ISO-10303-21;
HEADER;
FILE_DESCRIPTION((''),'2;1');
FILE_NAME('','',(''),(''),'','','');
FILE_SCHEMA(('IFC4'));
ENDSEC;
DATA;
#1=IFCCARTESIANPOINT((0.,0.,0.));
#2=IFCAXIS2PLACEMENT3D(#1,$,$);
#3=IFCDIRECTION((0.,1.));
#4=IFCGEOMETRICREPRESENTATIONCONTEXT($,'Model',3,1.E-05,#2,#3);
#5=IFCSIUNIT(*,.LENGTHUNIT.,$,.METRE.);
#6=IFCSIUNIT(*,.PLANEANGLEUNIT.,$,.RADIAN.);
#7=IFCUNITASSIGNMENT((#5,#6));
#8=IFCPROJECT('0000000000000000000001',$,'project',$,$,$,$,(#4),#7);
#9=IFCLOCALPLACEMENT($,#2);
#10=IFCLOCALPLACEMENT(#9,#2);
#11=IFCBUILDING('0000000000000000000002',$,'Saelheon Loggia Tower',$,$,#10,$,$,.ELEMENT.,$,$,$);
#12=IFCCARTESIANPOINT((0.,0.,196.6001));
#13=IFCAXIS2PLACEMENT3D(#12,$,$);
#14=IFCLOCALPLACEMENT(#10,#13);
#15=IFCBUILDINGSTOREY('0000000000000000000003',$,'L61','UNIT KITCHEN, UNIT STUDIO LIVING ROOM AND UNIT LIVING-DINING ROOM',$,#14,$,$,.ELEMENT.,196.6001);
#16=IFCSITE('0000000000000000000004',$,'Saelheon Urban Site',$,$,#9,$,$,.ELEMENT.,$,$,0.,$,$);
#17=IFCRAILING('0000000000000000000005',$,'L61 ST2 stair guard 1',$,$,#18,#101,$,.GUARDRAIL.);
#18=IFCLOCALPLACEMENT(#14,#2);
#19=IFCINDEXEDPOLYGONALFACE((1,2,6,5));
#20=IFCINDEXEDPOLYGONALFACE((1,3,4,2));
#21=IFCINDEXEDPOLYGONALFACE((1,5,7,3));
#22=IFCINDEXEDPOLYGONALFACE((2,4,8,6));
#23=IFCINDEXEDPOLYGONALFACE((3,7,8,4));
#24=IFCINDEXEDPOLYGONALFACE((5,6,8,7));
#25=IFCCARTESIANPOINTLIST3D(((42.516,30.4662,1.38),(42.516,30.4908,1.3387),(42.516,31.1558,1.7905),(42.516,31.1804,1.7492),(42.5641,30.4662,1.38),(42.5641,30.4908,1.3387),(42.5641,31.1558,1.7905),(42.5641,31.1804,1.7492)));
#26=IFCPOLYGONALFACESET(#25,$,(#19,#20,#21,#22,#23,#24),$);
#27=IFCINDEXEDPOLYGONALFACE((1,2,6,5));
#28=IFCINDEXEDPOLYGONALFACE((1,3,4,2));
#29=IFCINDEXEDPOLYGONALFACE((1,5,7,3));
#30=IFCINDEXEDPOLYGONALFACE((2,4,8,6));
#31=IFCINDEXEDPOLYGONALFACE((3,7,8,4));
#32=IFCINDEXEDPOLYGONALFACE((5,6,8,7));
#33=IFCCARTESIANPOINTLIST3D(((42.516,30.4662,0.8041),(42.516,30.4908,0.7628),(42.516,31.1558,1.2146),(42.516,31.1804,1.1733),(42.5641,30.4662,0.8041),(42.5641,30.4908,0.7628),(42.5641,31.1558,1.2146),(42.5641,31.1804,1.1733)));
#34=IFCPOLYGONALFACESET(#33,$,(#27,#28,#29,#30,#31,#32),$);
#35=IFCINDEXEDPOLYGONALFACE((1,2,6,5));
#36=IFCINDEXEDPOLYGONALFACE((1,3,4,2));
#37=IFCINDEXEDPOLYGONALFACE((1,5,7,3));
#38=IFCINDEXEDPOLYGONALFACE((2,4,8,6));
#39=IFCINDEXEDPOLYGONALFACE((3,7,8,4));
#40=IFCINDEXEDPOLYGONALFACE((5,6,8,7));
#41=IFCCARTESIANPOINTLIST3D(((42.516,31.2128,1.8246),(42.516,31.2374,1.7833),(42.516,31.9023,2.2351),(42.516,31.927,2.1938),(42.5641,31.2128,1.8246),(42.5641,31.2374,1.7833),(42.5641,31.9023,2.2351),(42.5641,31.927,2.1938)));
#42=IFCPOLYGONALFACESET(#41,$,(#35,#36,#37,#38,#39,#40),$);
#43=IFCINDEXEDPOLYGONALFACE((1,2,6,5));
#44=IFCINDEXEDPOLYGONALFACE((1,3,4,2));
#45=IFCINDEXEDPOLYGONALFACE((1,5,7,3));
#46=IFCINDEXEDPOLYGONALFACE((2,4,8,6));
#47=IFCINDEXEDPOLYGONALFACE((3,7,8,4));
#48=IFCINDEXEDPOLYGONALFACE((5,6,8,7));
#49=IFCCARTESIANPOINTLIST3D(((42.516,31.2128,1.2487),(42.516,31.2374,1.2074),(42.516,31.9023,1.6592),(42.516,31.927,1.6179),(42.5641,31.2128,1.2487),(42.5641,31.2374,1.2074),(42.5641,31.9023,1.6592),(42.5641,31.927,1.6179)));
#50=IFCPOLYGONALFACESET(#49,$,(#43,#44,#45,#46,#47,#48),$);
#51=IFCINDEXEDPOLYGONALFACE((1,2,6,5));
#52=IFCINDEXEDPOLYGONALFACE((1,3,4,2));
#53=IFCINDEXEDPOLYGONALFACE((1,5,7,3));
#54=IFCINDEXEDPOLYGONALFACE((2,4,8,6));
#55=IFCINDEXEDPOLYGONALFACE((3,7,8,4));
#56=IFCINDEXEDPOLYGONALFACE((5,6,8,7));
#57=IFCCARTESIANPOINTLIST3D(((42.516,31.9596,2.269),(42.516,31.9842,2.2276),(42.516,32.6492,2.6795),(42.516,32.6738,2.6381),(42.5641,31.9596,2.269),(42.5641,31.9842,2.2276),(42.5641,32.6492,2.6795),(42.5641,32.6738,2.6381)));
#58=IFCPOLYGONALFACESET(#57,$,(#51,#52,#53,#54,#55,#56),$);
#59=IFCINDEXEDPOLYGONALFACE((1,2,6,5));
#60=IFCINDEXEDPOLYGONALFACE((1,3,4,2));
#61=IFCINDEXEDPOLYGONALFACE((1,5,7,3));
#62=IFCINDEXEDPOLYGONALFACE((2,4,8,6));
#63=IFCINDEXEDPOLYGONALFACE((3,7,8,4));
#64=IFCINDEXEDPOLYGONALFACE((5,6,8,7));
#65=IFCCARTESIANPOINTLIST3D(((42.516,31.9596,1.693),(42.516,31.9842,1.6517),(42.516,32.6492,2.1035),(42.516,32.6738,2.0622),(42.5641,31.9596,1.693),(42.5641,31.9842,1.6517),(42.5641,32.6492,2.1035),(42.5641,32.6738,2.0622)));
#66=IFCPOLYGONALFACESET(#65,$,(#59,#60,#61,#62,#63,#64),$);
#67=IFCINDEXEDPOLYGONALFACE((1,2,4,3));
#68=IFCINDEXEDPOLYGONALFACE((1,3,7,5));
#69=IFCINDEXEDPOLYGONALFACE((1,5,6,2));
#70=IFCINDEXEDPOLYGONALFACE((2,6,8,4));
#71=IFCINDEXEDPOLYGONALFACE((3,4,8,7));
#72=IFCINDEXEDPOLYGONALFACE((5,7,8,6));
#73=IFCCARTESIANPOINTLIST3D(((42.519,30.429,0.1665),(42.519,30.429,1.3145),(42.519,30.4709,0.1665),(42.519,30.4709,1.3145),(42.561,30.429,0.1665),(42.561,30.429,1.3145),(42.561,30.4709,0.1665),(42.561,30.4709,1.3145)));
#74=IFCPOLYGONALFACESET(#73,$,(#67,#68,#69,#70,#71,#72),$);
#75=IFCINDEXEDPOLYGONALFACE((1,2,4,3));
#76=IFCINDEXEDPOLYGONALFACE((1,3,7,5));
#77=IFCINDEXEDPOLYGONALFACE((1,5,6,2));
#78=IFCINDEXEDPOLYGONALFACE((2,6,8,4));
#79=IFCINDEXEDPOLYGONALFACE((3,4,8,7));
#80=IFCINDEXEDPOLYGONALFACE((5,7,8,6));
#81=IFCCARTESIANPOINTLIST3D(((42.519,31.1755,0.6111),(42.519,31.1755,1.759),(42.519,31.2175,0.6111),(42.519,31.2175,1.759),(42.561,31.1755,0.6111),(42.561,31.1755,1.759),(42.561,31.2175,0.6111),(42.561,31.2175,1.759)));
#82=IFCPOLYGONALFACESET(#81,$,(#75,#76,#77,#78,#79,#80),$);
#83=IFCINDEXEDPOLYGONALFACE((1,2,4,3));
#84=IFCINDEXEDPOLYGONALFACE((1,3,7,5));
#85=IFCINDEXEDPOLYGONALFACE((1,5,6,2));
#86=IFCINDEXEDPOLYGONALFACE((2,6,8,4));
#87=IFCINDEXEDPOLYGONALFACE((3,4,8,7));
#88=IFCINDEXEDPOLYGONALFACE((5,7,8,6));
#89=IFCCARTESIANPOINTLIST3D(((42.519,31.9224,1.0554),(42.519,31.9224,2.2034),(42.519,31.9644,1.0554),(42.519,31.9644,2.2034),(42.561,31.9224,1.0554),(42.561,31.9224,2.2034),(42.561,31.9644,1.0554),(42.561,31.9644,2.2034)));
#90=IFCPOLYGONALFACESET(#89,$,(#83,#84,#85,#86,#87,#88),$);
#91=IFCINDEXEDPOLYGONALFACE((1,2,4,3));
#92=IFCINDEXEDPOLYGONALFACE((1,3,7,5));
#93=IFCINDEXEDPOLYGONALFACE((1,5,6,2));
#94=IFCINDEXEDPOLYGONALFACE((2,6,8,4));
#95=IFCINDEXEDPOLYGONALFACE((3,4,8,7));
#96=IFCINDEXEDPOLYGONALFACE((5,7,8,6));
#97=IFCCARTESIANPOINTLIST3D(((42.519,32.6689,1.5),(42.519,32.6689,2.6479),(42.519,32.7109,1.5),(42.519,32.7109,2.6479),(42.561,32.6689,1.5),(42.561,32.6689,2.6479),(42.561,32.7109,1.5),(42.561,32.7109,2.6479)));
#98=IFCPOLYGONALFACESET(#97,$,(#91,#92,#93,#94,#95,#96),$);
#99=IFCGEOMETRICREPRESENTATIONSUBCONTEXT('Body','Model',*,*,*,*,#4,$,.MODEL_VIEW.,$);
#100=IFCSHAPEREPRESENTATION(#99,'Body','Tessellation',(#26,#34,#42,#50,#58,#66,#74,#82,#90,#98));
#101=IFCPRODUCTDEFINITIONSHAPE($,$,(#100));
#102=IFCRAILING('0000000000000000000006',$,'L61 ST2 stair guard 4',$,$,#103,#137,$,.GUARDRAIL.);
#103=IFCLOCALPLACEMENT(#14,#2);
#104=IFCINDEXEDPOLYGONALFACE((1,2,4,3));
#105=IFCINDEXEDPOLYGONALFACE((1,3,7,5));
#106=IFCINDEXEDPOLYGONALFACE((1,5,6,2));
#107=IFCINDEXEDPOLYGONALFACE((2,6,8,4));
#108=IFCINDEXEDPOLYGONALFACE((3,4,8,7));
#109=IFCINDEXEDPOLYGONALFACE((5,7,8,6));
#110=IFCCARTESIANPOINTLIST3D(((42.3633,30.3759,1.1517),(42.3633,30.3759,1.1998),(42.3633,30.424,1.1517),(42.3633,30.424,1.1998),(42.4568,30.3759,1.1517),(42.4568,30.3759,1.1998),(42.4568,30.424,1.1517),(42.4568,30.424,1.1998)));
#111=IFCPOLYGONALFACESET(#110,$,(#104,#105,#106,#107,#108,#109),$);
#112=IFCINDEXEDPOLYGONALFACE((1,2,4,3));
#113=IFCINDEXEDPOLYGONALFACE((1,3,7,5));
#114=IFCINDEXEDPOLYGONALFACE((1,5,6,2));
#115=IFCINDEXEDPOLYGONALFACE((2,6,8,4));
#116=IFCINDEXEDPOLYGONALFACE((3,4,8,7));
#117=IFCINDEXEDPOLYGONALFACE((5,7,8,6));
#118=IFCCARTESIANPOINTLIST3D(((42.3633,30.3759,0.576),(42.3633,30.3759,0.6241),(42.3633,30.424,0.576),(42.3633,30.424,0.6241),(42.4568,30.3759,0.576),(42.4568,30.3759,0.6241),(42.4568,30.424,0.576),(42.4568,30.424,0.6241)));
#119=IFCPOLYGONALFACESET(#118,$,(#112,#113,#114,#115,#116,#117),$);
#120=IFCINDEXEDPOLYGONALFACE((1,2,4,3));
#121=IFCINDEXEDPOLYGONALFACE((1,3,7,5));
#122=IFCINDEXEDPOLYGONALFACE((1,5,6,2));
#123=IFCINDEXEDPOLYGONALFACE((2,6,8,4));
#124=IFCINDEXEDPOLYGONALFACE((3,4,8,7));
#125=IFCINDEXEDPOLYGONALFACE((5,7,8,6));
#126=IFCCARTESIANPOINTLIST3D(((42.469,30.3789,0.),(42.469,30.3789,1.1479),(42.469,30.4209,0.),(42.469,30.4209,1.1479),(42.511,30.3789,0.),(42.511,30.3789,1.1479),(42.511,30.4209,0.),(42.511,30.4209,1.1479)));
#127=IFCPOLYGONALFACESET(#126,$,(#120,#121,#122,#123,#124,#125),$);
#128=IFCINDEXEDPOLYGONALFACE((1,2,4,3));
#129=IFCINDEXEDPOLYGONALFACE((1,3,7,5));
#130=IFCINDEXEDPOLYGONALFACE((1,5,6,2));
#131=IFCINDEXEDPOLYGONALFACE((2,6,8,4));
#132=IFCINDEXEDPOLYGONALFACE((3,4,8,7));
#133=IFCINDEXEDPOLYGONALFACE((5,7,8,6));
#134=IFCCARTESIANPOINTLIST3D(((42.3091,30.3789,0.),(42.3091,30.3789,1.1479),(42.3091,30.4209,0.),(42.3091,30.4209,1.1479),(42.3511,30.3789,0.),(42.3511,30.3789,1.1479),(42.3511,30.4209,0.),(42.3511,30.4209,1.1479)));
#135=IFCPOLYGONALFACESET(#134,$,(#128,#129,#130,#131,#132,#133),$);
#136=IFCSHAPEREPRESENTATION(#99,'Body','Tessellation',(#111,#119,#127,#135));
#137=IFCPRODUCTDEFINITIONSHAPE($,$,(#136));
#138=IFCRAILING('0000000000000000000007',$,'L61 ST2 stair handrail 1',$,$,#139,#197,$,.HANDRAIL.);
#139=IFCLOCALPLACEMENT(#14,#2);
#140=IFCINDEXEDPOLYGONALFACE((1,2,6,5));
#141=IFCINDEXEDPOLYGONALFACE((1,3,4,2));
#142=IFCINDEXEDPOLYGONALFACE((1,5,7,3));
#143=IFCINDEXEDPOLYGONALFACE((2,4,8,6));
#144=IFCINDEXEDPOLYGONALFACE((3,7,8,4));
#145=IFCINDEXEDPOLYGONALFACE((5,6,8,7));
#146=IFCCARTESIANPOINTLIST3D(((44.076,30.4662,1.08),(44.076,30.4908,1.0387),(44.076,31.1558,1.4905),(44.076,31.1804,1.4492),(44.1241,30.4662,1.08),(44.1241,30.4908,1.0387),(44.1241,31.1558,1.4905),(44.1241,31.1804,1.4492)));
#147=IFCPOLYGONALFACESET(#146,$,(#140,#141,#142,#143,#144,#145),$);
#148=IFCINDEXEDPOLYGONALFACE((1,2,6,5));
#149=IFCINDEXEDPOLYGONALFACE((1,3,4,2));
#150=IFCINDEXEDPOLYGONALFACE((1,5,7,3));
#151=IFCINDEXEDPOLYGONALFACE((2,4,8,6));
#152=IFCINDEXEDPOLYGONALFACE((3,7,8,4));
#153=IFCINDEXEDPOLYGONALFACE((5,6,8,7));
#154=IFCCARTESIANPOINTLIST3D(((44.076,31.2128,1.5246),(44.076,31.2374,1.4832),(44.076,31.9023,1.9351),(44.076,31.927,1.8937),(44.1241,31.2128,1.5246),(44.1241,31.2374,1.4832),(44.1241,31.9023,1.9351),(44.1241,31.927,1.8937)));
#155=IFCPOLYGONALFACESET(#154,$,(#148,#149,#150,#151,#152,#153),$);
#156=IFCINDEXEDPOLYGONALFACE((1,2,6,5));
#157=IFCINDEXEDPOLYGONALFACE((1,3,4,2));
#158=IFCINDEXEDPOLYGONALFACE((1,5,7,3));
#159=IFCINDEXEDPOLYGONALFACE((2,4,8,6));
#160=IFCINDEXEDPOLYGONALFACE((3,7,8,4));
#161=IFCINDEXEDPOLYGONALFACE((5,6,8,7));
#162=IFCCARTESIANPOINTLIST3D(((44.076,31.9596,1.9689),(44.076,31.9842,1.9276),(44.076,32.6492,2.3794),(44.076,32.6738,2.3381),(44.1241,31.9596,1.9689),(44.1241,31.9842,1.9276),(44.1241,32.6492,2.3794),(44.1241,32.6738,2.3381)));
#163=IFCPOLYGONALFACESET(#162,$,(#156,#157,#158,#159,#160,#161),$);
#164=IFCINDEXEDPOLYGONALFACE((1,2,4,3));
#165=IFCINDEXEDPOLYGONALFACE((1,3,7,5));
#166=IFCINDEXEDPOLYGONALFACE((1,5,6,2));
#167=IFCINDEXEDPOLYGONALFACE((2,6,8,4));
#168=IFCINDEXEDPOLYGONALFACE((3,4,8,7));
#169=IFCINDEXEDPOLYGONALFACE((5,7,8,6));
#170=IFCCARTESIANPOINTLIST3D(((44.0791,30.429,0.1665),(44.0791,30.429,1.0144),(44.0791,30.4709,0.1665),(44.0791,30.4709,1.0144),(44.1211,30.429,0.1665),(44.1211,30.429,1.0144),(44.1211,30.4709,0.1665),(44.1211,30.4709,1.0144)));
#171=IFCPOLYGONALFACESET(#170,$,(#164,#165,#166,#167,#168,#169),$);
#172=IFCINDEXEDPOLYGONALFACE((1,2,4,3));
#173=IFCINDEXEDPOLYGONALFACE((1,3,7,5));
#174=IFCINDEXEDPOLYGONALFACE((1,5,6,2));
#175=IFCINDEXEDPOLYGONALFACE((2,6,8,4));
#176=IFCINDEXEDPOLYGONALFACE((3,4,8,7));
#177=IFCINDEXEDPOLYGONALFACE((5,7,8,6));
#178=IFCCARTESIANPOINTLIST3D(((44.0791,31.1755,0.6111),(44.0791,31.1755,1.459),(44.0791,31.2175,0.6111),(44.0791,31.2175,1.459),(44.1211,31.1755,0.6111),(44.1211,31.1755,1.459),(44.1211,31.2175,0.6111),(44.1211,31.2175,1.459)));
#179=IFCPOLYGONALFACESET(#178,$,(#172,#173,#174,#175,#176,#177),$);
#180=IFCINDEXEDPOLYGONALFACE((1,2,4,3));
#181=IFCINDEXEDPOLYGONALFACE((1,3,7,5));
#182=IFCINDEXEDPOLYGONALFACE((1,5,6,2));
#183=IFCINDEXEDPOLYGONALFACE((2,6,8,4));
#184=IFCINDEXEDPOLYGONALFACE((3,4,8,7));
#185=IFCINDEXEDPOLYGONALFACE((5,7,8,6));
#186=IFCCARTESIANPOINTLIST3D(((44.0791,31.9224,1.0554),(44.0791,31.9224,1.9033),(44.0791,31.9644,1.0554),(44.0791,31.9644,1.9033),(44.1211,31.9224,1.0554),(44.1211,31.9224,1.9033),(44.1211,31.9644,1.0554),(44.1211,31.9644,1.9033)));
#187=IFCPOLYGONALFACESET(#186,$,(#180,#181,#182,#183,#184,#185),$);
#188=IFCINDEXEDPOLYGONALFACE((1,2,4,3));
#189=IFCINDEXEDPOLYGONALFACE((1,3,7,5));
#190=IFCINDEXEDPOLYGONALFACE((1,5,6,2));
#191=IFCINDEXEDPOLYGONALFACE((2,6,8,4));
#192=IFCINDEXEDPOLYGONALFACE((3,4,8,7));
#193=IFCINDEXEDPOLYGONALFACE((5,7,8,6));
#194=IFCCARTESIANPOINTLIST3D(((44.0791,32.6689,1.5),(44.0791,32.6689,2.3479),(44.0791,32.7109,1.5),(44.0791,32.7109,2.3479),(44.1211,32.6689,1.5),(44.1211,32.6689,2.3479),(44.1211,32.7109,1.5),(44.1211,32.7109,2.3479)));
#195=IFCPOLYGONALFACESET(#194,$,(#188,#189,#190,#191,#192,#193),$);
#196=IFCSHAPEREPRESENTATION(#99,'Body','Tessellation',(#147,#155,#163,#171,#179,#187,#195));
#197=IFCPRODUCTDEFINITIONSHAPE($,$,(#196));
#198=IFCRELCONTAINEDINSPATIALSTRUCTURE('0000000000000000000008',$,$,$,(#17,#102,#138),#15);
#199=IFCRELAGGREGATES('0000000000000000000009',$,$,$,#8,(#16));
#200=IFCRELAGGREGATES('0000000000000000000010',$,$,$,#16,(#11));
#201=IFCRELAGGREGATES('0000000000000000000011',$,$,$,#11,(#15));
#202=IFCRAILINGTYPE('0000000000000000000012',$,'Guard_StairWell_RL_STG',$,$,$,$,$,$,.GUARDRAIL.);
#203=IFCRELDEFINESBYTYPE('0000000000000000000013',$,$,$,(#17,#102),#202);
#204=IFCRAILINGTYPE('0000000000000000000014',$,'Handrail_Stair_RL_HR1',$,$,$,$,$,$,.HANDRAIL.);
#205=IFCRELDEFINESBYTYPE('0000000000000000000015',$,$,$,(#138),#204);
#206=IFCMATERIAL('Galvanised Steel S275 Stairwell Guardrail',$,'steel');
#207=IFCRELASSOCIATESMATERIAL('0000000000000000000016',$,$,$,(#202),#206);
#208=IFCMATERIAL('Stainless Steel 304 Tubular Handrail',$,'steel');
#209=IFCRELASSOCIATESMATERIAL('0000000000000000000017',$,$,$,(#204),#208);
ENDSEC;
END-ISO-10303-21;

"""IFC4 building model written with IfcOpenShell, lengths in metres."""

from ifc_helpers import new_model, si_unit, direction, frame, origin, origin_2d, place, context, subcontext, project, spatial, rectangle, extrude, material, type_object, element, save


model = new_model("IFC4")

# Units and contexts
model_context = context("Model", 3, precision=1e-05, world=origin(), true_north=direction((0.0, 1.0)))
body_context = subcontext(model_context, "Body", "Model", "MODEL_VIEW")
ifc_project = project(units=[si_unit("LENGTHUNIT", "METRE"), si_unit("PLANEANGLEUNIT", "RADIAN")], contexts=[model_context])

# Site, building, storey
site_placement = place(None, origin())
site = spatial("IfcSite", under=ifc_project, at=site_placement, Name="Saelheon Urban Site", CompositionType="ELEMENT", RefElevation=0.0)
building_placement = place(site_placement, origin())
building = spatial("IfcBuilding", under=site, at=building_placement, Name="Saelheon Loggia Tower", CompositionType="ELEMENT")
storey_placement = place(building_placement, frame((0.0, 0.0, 196.6001)))
storey = spatial("IfcBuildingStorey", under=building, at=storey_placement, Name="L61", Description="UNIT KITCHEN, UNIT STUDIO LIVING ROOM AND UNIT LIVING-DINING ROOM", CompositionType="ELEMENT", Elevation=196.6001)

# Railings
ifc_material_1 = material(Name="Galvanised Steel S275 Stairwell Guardrail", Category="steel")
railing_type_1 = type_object("IfcRailingType", Name="Guard_StairWell_RL_STG", PredefinedType="GUARDRAIL", material=ifc_material_1)
railing_1_placement = place(storey_placement, frame((42.54, 30.45, 0.1665)))
element("IfcRailing", 1, at=railing_1_placement, inside=storey, type_object=railing_type_1, Name="L61 ST2 stair guard 1", PredefinedType="GUARDRAIL", context=body_context, shape_type="SweptSolid", body=[
    extrude(rectangle(XDim=0.0481, YDim=0.0481, at=origin_2d()), frame((0.0, 0.0286, 1.1929), z_axis=(0.0, 0.859264, 0.511532), x_axis=(-1.0, 0.0, 0.0)), (0.0, 0.0, 1.0), 0.8025),
    extrude(rectangle(XDim=0.0481, YDim=0.0481, at=origin_2d()), frame((0.0, 0.0286, 0.6169), z_axis=(0.0, 0.859264, 0.511532), x_axis=(-1.0, 0.0, 0.0)), (0.0, 0.0, 1.0), 0.8025),
    extrude(rectangle(XDim=0.0481, YDim=0.0481, at=origin_2d()), frame((0.0, 0.7751, 1.6375), z_axis=(0.0, 0.859264, 0.511532), x_axis=(-1.0, 0.0, 0.0)), (0.0, 0.0, 1.0), 0.8025),
    extrude(rectangle(XDim=0.0481, YDim=0.0481, at=origin_2d()), frame((0.0, 0.7751, 1.0615), z_axis=(0.0, 0.859264, 0.511532), x_axis=(-1.0, 0.0, 0.0)), (0.0, 0.0, 1.0), 0.8025),
    extrude(rectangle(XDim=0.0481, YDim=0.0481, at=origin_2d()), frame((0.0, 1.522, 2.0818), z_axis=(0.0, 0.859264, 0.511532), x_axis=(-1.0, 0.0, 0.0)), (0.0, 0.0, 1.0), 0.8025),
    extrude(rectangle(XDim=0.0481, YDim=0.0481, at=origin_2d()), frame((0.0, 1.522, 1.5059), z_axis=(0.0, 0.859264, 0.511532), x_axis=(-1.0, 0.0, 0.0)), (0.0, 0.0, 1.0), 0.8025),
    extrude(rectangle(XDim=0.042, YDim=0.042, at=origin_2d()), origin(), (0.0, 0.0, 1.0), 1.1479),
    extrude(rectangle(XDim=0.042, YDim=0.042, at=origin_2d()), frame((0.0, 0.7466, 0.4446)), (0.0, 0.0, 1.0), 1.1479),
    extrude(rectangle(XDim=0.042, YDim=0.042, at=origin_2d()), frame((0.0, 1.4934, 0.8889)), (0.0, 0.0, 1.0), 1.1479),
    extrude(rectangle(XDim=0.042, YDim=0.042, at=origin_2d()), frame((0.0, 2.24, 1.3335)), (0.0, 0.0, 1.0), 1.1479),
])
railing_2_placement = place(storey_placement, frame((42.49, 30.3999, 0.0)))
element("IfcRailing", 2, at=railing_2_placement, inside=storey, type_object=railing_type_1, Name="L61 ST2 stair guard 4", PredefinedType="GUARDRAIL", context=body_context, shape_type="SweptSolid", body=[
    extrude(rectangle(XDim=0.0481, YDim=0.0481, at=origin_2d()), frame((-0.0332, 0.0, 1.1758), z_axis=(-1.0, 0.0, 0.0), x_axis=(0.0, -1.0, 0.0)), (0.0, 0.0, 1.0), 0.0935),
    extrude(rectangle(XDim=0.0481, YDim=0.0481, at=origin_2d()), frame((-0.0332, 0.0, 0.6001), z_axis=(-1.0, 0.0, 0.0), x_axis=(0.0, -1.0, 0.0)), (0.0, 0.0, 1.0), 0.0935),
    extrude(rectangle(XDim=0.042, YDim=0.042, at=origin_2d()), origin(), (0.0, 0.0, 1.0), 1.1479),
    extrude(rectangle(XDim=0.042, YDim=0.042, at=origin_2d()), frame((-0.1599, 0.0, 0.0)), (0.0, 0.0, 1.0), 1.1479),
])
ifc_material_2 = material(Name="Stainless Steel 304 Tubular Handrail", Category="steel")
railing_type_2 = type_object("IfcRailingType", Name="Handrail_Stair_RL_HR1", PredefinedType="HANDRAIL", material=ifc_material_2)
railing_3_placement = place(storey_placement, frame((44.1001, 30.45, 0.1665)))
element("IfcRailing", 3, at=railing_3_placement, inside=storey, type_object=railing_type_2, Name="L61 ST2 stair handrail 1", PredefinedType="HANDRAIL", context=body_context, shape_type="SweptSolid", body=[
    extrude(rectangle(XDim=0.0481, YDim=0.0481, at=origin_2d()), frame((0.0, 0.0286, 0.8928), z_axis=(0.0, 0.859264, 0.511532), x_axis=(-1.0, 0.0, 0.0)), (0.0, 0.0, 1.0), 0.8025),
    extrude(rectangle(XDim=0.0481, YDim=0.0481, at=origin_2d()), frame((0.0, 0.7751, 1.3374), z_axis=(0.0, 0.859264, 0.511532), x_axis=(-1.0, 0.0, 0.0)), (0.0, 0.0, 1.0), 0.8025),
    extrude(rectangle(XDim=0.0481, YDim=0.0481, at=origin_2d()), frame((0.0, 1.522, 1.7817), z_axis=(0.0, 0.859264, 0.511532), x_axis=(-1.0, 0.0, 0.0)), (0.0, 0.0, 1.0), 0.8025),
    extrude(rectangle(XDim=0.042, YDim=0.042, at=origin_2d()), origin(), (0.0, 0.0, 1.0), 0.8479),
    extrude(rectangle(XDim=0.042, YDim=0.042, at=origin_2d()), frame((0.0, 0.7466, 0.4446)), (0.0, 0.0, 1.0), 0.8479),
    extrude(rectangle(XDim=0.042, YDim=0.042, at=origin_2d()), frame((0.0, 1.4934, 0.8889)), (0.0, 0.0, 1.0), 0.8479),
    extrude(rectangle(XDim=0.042, YDim=0.042, at=origin_2d()), frame((0.0, 2.24, 1.3335)), (0.0, 0.0, 1.0), 0.8479),
])

save(model, "model.ifc")
